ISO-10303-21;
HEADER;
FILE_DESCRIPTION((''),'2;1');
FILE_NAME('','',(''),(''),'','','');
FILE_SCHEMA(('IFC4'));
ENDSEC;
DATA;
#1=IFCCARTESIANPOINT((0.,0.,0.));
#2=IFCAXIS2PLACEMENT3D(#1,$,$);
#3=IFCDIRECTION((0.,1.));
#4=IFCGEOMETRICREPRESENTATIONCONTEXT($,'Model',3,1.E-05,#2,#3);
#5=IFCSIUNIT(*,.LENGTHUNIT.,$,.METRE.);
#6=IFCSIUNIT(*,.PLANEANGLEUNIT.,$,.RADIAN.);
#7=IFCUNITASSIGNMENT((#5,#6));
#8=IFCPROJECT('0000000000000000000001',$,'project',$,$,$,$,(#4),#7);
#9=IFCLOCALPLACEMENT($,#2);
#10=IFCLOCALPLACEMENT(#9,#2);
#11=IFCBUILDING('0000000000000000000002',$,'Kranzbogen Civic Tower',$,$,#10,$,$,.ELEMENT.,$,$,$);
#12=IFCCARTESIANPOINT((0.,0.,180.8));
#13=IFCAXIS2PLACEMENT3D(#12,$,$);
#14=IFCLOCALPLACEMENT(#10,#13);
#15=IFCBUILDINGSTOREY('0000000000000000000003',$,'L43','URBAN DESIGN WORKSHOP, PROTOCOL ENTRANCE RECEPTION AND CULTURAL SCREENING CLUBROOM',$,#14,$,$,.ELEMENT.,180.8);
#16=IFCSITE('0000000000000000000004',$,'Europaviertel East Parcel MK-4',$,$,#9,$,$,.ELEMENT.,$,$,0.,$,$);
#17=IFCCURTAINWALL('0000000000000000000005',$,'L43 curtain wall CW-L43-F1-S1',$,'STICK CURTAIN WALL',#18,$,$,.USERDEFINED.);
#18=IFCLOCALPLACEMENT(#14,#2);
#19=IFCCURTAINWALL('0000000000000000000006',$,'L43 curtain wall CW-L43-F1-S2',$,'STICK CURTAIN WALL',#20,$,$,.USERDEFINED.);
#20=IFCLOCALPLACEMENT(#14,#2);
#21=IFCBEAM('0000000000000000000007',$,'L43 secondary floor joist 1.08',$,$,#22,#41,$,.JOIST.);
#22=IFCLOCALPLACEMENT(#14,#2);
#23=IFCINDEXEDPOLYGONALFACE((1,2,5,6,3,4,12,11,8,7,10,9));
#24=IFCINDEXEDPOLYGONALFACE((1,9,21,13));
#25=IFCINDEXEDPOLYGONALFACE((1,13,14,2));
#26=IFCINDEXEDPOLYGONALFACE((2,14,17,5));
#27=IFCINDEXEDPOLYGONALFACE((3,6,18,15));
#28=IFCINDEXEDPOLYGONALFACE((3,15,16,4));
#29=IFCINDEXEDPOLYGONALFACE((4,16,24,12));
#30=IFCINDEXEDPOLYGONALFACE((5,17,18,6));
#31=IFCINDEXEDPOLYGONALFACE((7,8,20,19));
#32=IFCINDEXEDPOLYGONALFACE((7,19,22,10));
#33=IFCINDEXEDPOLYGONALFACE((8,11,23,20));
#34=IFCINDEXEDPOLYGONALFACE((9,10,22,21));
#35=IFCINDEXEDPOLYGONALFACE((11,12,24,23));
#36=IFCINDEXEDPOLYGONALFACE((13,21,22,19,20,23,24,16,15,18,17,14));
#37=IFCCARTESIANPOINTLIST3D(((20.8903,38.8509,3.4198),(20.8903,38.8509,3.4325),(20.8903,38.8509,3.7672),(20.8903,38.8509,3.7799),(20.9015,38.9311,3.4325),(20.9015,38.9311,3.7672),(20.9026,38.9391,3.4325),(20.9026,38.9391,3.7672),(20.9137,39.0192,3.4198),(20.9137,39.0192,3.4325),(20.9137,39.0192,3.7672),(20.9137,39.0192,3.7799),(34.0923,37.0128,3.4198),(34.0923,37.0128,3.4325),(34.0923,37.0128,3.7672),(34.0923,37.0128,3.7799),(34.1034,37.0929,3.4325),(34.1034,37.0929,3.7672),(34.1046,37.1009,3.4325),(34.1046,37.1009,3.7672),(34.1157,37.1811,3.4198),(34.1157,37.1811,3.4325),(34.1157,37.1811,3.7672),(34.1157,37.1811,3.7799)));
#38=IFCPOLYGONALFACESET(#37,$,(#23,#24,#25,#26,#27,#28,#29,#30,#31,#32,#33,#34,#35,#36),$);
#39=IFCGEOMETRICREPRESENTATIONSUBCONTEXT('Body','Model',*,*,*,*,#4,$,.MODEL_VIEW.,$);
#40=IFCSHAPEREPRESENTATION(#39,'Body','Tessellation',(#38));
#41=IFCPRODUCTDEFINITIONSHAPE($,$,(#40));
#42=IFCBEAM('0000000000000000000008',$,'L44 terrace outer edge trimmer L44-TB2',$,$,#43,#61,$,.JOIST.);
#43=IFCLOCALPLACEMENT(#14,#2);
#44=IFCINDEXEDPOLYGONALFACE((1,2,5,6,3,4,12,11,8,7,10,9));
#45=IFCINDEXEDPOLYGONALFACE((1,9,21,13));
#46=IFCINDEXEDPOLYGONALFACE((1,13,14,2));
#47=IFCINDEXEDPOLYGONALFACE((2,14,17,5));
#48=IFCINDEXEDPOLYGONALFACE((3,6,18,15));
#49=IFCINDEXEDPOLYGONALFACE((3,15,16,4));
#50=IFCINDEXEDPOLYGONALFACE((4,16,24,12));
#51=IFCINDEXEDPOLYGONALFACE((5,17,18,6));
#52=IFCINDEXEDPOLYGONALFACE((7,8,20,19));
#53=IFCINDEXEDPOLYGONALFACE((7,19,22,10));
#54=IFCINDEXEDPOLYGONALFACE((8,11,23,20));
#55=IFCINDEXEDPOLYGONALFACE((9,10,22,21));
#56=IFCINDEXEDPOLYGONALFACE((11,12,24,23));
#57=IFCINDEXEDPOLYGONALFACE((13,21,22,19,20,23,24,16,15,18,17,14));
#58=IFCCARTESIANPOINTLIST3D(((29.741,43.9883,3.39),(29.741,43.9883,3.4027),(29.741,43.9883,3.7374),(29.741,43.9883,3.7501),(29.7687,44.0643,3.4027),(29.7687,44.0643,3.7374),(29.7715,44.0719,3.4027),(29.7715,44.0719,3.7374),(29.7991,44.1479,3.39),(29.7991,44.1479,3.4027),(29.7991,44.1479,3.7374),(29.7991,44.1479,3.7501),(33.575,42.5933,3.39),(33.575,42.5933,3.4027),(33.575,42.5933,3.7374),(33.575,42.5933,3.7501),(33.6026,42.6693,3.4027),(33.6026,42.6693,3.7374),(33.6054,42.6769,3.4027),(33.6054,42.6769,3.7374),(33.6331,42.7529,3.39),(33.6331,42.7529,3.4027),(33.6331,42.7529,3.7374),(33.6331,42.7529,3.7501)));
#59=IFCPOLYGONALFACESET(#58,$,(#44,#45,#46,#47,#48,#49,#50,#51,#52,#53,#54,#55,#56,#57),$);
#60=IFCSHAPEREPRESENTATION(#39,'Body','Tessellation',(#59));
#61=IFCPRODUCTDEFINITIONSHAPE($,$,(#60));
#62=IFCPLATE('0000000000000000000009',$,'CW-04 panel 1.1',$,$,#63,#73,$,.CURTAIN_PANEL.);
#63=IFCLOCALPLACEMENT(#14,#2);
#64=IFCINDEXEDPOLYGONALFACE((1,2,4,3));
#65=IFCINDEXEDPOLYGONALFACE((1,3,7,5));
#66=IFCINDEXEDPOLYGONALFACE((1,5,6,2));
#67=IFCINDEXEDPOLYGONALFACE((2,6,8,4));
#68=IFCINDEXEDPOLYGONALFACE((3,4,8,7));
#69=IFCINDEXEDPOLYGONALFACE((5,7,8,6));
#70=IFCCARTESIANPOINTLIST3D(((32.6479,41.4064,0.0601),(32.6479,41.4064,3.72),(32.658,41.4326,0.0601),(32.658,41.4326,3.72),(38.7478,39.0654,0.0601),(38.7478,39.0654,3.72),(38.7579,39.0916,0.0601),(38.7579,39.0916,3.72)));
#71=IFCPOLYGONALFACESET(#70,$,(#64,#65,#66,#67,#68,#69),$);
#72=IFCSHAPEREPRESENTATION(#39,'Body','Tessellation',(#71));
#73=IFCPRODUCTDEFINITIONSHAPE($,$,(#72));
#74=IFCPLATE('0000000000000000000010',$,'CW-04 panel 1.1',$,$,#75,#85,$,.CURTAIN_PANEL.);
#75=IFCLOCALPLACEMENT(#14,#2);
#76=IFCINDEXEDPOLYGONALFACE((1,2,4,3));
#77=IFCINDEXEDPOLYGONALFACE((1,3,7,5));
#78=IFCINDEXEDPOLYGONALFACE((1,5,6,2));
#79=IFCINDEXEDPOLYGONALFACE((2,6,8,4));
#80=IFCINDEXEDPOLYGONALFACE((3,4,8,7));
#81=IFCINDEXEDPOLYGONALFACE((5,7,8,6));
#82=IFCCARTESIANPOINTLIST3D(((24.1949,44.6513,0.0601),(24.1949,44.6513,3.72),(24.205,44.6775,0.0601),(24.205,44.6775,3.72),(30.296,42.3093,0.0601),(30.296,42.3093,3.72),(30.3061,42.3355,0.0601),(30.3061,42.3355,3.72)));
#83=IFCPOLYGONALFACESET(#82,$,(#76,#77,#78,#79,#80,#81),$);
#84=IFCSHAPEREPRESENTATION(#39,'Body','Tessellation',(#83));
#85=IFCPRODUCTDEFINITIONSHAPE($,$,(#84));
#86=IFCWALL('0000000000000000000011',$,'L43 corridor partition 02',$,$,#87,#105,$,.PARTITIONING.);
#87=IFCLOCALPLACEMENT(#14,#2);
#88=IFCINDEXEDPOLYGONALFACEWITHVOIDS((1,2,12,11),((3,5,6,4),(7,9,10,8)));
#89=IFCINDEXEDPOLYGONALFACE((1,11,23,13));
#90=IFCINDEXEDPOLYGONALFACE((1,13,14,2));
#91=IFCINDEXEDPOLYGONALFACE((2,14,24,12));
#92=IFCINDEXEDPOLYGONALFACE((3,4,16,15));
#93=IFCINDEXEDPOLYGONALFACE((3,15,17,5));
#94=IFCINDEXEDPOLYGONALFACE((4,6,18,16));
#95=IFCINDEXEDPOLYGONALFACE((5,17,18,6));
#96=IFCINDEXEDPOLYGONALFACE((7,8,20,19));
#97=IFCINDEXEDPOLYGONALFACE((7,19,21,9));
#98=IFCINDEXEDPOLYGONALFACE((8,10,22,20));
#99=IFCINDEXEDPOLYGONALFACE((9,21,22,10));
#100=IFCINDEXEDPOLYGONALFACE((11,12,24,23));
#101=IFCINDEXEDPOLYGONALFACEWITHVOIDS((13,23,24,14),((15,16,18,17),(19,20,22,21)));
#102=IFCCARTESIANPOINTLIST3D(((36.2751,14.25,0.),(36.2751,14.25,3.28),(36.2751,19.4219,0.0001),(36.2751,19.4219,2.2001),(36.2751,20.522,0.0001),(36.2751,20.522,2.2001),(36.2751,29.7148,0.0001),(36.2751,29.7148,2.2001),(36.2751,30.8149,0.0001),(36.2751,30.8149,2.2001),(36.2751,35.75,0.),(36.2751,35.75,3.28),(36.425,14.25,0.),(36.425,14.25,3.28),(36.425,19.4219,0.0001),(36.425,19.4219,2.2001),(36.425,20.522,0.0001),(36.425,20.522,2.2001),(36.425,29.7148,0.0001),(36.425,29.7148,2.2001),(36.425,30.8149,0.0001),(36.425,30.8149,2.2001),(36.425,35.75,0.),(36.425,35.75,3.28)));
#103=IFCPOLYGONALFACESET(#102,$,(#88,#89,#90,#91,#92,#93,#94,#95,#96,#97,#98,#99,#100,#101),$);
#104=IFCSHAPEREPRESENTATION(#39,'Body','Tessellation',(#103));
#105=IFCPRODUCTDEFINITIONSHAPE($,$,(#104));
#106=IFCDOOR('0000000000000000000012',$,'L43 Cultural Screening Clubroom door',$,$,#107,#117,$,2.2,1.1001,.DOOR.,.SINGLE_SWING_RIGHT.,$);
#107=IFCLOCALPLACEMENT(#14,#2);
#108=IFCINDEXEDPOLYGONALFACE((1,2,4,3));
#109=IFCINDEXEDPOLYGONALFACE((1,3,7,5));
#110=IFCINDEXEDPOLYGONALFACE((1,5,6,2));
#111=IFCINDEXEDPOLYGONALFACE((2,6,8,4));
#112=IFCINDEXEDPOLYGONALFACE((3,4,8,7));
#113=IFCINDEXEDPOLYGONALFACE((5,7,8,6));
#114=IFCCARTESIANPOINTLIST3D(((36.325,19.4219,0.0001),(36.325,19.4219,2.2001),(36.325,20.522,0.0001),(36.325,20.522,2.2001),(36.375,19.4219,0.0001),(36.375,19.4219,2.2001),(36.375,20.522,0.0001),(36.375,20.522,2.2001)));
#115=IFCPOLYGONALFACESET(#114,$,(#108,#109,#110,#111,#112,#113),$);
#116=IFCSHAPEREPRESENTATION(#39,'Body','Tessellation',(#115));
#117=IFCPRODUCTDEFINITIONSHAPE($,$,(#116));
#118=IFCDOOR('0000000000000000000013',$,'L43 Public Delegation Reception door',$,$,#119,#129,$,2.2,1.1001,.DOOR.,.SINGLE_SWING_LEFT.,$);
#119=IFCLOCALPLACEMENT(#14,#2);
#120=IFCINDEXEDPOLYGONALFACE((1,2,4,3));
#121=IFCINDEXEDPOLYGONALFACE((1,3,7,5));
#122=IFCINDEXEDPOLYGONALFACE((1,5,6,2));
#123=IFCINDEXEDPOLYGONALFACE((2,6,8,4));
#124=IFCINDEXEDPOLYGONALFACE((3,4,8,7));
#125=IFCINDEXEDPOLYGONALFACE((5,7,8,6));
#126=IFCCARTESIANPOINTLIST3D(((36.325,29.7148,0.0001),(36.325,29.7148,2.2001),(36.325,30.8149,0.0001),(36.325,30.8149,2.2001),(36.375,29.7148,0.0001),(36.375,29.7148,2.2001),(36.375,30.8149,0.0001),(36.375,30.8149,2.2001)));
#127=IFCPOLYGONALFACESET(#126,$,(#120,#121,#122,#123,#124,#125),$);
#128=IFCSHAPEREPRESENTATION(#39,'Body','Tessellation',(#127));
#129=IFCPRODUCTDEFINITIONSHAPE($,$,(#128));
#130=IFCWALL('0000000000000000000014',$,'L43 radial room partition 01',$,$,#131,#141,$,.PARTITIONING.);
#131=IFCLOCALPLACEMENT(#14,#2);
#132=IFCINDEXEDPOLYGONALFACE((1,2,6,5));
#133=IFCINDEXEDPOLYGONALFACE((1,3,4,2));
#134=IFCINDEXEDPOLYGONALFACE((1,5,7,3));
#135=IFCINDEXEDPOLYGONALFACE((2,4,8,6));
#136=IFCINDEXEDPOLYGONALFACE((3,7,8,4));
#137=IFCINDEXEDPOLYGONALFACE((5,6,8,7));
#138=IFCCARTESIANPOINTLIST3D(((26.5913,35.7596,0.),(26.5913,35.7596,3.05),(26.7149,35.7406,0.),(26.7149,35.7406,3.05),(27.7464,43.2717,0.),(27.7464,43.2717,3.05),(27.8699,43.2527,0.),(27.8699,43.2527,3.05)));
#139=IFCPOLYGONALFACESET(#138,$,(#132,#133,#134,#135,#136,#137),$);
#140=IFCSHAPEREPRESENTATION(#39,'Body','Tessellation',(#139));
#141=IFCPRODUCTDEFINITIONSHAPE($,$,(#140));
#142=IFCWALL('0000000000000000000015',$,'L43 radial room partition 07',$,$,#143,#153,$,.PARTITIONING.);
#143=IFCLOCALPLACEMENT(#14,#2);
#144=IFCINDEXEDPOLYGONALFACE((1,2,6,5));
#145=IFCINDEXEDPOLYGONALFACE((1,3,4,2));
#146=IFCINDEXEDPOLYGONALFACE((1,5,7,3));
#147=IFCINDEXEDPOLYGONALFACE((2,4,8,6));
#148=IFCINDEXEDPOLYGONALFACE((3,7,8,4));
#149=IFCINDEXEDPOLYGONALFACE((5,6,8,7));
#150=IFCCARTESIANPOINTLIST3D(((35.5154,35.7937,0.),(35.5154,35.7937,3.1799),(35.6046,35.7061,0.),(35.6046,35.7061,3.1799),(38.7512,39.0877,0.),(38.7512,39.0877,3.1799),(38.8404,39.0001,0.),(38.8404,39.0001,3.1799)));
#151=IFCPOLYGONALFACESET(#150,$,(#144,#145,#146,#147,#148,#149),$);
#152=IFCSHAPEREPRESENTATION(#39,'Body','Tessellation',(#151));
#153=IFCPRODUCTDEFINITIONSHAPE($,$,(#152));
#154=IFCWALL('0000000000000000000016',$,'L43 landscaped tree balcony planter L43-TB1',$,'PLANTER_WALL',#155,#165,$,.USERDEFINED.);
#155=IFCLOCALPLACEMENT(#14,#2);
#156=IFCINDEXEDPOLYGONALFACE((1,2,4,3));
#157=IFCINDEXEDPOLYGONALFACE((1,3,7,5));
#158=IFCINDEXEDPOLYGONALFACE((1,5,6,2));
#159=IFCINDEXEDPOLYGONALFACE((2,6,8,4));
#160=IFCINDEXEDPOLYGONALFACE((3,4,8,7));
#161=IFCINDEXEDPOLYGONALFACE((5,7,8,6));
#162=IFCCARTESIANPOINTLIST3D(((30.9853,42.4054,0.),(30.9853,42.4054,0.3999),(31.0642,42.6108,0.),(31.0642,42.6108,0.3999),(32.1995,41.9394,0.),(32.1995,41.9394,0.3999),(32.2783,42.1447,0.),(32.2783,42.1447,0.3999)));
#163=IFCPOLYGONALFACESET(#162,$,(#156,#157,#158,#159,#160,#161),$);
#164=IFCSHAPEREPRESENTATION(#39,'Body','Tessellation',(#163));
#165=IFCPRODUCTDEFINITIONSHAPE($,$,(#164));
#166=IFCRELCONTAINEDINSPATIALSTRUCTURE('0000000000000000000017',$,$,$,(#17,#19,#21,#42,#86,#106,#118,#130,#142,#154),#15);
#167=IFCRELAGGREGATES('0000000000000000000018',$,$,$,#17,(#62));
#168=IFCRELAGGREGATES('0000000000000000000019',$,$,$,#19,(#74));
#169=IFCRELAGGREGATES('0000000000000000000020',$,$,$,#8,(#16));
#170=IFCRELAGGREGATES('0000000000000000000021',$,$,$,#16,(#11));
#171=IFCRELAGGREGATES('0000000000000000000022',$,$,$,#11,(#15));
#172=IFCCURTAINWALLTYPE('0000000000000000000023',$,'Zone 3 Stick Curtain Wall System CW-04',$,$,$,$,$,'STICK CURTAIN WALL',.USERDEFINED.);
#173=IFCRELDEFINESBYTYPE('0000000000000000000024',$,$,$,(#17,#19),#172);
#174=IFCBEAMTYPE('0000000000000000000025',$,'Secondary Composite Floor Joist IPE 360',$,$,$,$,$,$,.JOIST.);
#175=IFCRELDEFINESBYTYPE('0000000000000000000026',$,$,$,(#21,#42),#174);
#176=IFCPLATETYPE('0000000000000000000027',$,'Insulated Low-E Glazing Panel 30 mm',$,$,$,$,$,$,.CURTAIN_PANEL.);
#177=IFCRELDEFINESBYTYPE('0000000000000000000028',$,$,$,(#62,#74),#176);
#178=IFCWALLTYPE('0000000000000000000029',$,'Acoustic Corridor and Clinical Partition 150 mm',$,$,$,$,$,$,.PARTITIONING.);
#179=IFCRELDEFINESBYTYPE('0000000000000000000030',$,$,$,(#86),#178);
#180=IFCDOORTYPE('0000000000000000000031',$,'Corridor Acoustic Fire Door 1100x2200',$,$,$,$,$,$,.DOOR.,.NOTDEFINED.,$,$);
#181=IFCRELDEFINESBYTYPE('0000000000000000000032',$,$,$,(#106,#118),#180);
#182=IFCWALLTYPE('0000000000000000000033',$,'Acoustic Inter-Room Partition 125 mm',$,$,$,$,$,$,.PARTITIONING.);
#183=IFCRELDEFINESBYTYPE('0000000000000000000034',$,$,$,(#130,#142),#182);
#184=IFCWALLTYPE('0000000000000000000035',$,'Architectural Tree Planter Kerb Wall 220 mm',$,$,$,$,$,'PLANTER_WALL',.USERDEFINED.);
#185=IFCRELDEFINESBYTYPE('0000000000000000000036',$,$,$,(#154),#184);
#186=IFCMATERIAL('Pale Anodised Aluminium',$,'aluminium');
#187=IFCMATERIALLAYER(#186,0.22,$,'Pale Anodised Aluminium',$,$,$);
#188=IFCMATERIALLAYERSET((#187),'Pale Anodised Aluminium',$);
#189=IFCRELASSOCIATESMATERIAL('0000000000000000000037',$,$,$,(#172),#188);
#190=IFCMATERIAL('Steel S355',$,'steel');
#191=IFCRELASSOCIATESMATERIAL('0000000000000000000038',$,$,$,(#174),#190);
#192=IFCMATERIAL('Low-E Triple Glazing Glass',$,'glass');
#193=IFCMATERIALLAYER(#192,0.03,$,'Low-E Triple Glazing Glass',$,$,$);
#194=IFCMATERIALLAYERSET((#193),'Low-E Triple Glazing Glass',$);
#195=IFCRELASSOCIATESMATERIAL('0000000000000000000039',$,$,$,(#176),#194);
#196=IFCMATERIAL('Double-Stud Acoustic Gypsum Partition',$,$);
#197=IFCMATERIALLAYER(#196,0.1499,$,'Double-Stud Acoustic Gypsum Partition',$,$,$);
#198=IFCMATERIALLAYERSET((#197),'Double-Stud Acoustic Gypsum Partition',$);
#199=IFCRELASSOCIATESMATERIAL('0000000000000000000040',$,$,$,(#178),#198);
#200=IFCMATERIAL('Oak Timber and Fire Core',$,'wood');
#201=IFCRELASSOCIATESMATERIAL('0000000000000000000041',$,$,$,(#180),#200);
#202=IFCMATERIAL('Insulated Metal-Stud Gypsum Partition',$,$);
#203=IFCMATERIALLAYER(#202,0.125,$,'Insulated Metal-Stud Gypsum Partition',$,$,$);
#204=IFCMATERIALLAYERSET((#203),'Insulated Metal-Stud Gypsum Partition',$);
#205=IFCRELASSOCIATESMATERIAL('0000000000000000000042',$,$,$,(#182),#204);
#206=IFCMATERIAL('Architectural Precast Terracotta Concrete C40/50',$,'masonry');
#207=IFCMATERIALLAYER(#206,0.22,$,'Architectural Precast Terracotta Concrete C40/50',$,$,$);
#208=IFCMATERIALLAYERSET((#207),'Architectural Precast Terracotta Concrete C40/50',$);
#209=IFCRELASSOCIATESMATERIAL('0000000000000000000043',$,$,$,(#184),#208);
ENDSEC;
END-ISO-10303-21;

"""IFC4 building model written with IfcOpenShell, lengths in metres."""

from ifc_helpers import new_model, si_unit, direction, frame, frame_2d, origin, origin_2d, place, context, subcontext, project, spatial, rectangle, i_section, extrude, material, layer, layer_set, material_profile, profile_set, type_object, element, fill, aggregate, save


model = new_model("IFC4")

# Units and contexts
model_context = context("Model", 3, precision=1e-05, world=origin(), true_north=direction((0.0, 1.0)))
body_context = subcontext(model_context, "Body", "Model", "MODEL_VIEW")
ifc_project = project(units=[si_unit("LENGTHUNIT", "METRE"), si_unit("PLANEANGLEUNIT", "RADIAN")], contexts=[model_context])

# Site, building, storey
site_placement = place(None, origin())
site = spatial("IfcSite", under=ifc_project, at=site_placement, Name="Europaviertel East Parcel MK-4", CompositionType="ELEMENT", RefElevation=0.0)
building_placement = place(site_placement, origin())
building = spatial("IfcBuilding", under=site, at=building_placement, Name="Kranzbogen Civic Tower", CompositionType="ELEMENT")
storey_placement = place(building_placement, frame((0.0, 0.0, 180.8)))
storey = spatial("IfcBuildingStorey", under=building, at=storey_placement, Name="L43", Description="URBAN DESIGN WORKSHOP, PROTOCOL ENTRANCE RECEPTION AND CULTURAL SCREENING CLUBROOM", CompositionType="ELEMENT", Elevation=180.8)

# Shared definitions
ifc_material_1 = material(Name="Steel S355", Category="steel")

# Curtain wall
ifc_material_2 = material(Name="Pale Anodised Aluminium", Category="aluminium")
ifc_layer_1 = layer(ifc_material_2, 0.22, Name="Pale Anodised Aluminium")
ifc_layer_set_1 = layer_set([ifc_layer_1], Name="Pale Anodised Aluminium")
curtain_wall_type = type_object("IfcCurtainWallType", Name="Zone 3 Stick Curtain Wall System CW-04", ElementType="STICK CURTAIN WALL", PredefinedType="USERDEFINED", material=ifc_layer_set_1)
curtain_wall_1_placement = place(storey_placement, origin())
curtain_wall_1 = element("IfcCurtainWall", 1, at=curtain_wall_1_placement, inside=storey, type_object=curtain_wall_type, Name="L43 curtain wall CW-L43-F1-S1", ObjectType="STICK CURTAIN WALL", PredefinedType="USERDEFINED")

# Curtain wall
curtain_wall_2_placement = place(storey_placement, origin())
curtain_wall_2 = element("IfcCurtainWall", 2, at=curtain_wall_2_placement, inside=storey, type_object=curtain_wall_type, Name="L43 curtain wall CW-L43-F1-S2", ObjectType="STICK CURTAIN WALL", PredefinedType="USERDEFINED")

# Beams
ifc_material_profile_1 = material_profile(ifc_material_1, i_section(OverallWidth=0.1699, OverallDepth=0.3601, WebThickness=0.0081, FlangeThickness=0.0127, at=origin_2d()), Name="IPE 360")
ifc_profile_set_1 = profile_set([ifc_material_profile_1], Name="Steel S355")
beam_type_1 = type_object("IfcBeamType", Name="Secondary Composite Floor Joist IPE 360", PredefinedType="JOIST", material=ifc_profile_set_1)
beam_1_placement = place(storey_placement, frame((34.104, 37.0969, 3.5999), z_axis=(-0.990446, 0.137902, 0.0), x_axis=(-0.137902, -0.990446, 0.0)))
element("IfcBeam", 3, at=beam_1_placement, inside=storey, type_object=beam_type_1, Name="L43 secondary floor joist 1.08", PredefinedType="JOIST", context=body_context, shape_type="SweptSolid", body=[
    extrude(i_section(OverallWidth=0.1699, OverallDepth=0.3601, WebThickness=0.0081, FlangeThickness=0.0127, at=origin_2d()), origin(), (0.0, 0.0, 1.0), 13.3293),
])
beam_2_placement = place(storey_placement, frame((33.604, 42.6731, 3.5701), z_axis=(-0.939727, 0.341926, 0.0), x_axis=(-0.341926, -0.939727, 0.0)))
element("IfcBeam", 4, at=beam_2_placement, inside=storey, type_object=beam_type_1, Name="L44 terrace outer edge trimmer L44-TB2", PredefinedType="JOIST", context=body_context, shape_type="SweptSolid", body=[
    extrude(i_section(OverallWidth=0.1699, OverallDepth=0.3601, WebThickness=0.0081, FlangeThickness=0.0127, at=origin_2d()), origin(), (0.0, 0.0, 1.0), 4.0798),
])

# Plates
ifc_material_3 = material(Name="Low-E Triple Glazing Glass", Category="glass")
ifc_layer_2 = layer(ifc_material_3, 0.03, Name="Low-E Triple Glazing Glass")
ifc_layer_set_2 = layer_set([ifc_layer_2], Name="Low-E Triple Glazing Glass")
plate_type = type_object("IfcPlateType", Name="Insulated Low-E Glazing Panel 30 mm", PredefinedType="CURTAIN_PANEL", material=ifc_layer_set_2)
plate_1_placement = place(storey_placement, frame((35.7029, 40.249, 0.0601), z_axis=(0.0, 0.0, 1.0), x_axis=(-0.933609, 0.358294, 0.0)))
plate_1 = element("IfcPlate", 5, at=plate_1_placement, type_object=plate_type, Name="CW-04 panel 1.1", PredefinedType="CURTAIN_PANEL", context=body_context, shape_type="SweptSolid", body=[
    extrude(rectangle(XDim=6.5337, YDim=0.0281, at=origin_2d()), origin(), (0.0, 0.0, 1.0), 3.6599),
])
aggregate(curtain_wall_1, [plate_1])
plate_2_placement = place(storey_placement, frame((27.2505, 43.4934, 0.0601), z_axis=(0.0, 0.0, 1.0), x_axis=(-0.933578, 0.358375, 0.0)))
plate_2 = element("IfcPlate", 6, at=plate_2_placement, type_object=plate_type, Name="CW-04 panel 1.1", PredefinedType="CURTAIN_PANEL", context=body_context, shape_type="SweptSolid", body=[
    extrude(rectangle(XDim=6.5352, YDim=0.0281, at=origin_2d()), origin(), (0.0, 0.0, 1.0), 3.6599),
])
aggregate(curtain_wall_2, [plate_2])

# Wall, openings, doors
ifc_material_4 = material(Name="Double-Stud Acoustic Gypsum Partition")
ifc_layer_3 = layer(ifc_material_4, 0.1499, Name="Double-Stud Acoustic Gypsum Partition")
ifc_layer_set_3 = layer_set([ifc_layer_3], Name="Double-Stud Acoustic Gypsum Partition")
wall_type_1 = type_object("IfcWallType", Name="Acoustic Corridor and Clinical Partition 150 mm", PredefinedType="PARTITIONING", material=ifc_layer_set_3)
wall_1_placement = place(storey_placement, frame((36.3501, 35.75, 0.0), z_axis=(0.0, 0.0, 1.0), x_axis=(0.0, -1.0, 0.0)))
wall_1 = element("IfcWall", 7, at=wall_1_placement, inside=storey, type_object=wall_type_1, Name="L43 corridor partition 02", PredefinedType="PARTITIONING", context=body_context, shape_type="SweptSolid", body=[
    extrude(rectangle(XDim=21.5, YDim=0.1499, at=frame_2d((10.75, 0.0))), origin(), (0.0, 0.0, 1.0), 3.28),
])
opening_1_placement = place(wall_1_placement, frame((15.228, 0.0, 0.0)))
opening_1 = element("IfcOpeningElement", 8, at=opening_1_placement, cuts=wall_1, PredefinedType="OPENING", context=body_context, shape_type="SweptSolid", body=[
    extrude(rectangle(XDim=1.1001, YDim=2.2, at=frame_2d((0.55, 1.1001))), frame((0.0, 0.085, 0.0), z_axis=(0.0, -1.0, 0.0), x_axis=(1.0, 0.0, 0.0)), (0.0, 0.0, 1.0), 0.1699),
])
opening_2_placement = place(wall_1_placement, frame((4.9351, 0.0, 0.0)))
opening_2 = element("IfcOpeningElement", 9, at=opening_2_placement, cuts=wall_1, PredefinedType="OPENING", context=body_context, shape_type="SweptSolid", body=[
    extrude(rectangle(XDim=1.1001, YDim=2.2, at=frame_2d((0.55, 1.1001))), frame((0.0, 0.085, 0.0), z_axis=(0.0, -1.0, 0.0), x_axis=(1.0, 0.0, 0.0)), (0.0, 0.0, 1.0), 0.1699),
])
ifc_material_5 = material(Name="Oak Timber and Fire Core", Category="wood")
door_type_1 = type_object("IfcDoorType", Name="Corridor Acoustic Fire Door 1100x2200", OperationType="NOTDEFINED", PredefinedType="DOOR", material=ifc_material_5)
door_1_placement = place(opening_1_placement, origin())
door_1 = element("IfcDoor", 10, at=door_1_placement, inside=storey, type_object=door_type_1, Name="L43 Cultural Screening Clubroom door", OperationType="SINGLE_SWING_RIGHT", OverallHeight=2.2, OverallWidth=1.1001, PredefinedType="DOOR", context=body_context, shape_type="SweptSolid", body=[
    extrude(rectangle(XDim=1.1001, YDim=2.2, at=frame_2d((0.55, 1.1001))), frame((0.0, 0.0249, 0.0), z_axis=(0.0, -1.0, 0.0), x_axis=(1.0, 0.0, 0.0)), (0.0, 0.0, 1.0), 0.05),
])
fill(opening_1, door_1)
door_2_placement = place(opening_2_placement, origin())
door_2 = element("IfcDoor", 11, at=door_2_placement, inside=storey, type_object=door_type_1, Name="L43 Public Delegation Reception door", OperationType="SINGLE_SWING_LEFT", OverallHeight=2.2, OverallWidth=1.1001, PredefinedType="DOOR", context=body_context, shape_type="SweptSolid", body=[
    extrude(rectangle(XDim=1.1001, YDim=2.2, at=frame_2d((0.55, 1.1001))), frame((0.0, 0.0249, 0.0), z_axis=(0.0, -1.0, 0.0), x_axis=(1.0, 0.0, 0.0)), (0.0, 0.0, 1.0), 0.05),
])
fill(opening_2, door_2)

# Walls
ifc_material_6 = material(Name="Insulated Metal-Stud Gypsum Partition")
ifc_layer_4 = layer(ifc_material_6, 0.125, Name="Insulated Metal-Stud Gypsum Partition")
ifc_layer_set_4 = layer_set([ifc_layer_4], Name="Insulated Metal-Stud Gypsum Partition")
wall_type_2 = type_object("IfcWallType", Name="Acoustic Inter-Room Partition 125 mm", PredefinedType="PARTITIONING", material=ifc_layer_set_4)
wall_2_placement = place(storey_placement, frame((26.6531, 35.75, 0.0), z_axis=(0.0, 0.0, 1.0), x_axis=(0.151973, 0.988385, 0.0)))
element("IfcWall", 12, at=wall_2_placement, inside=storey, type_object=wall_type_2, Name="L43 radial room partition 01", PredefinedType="PARTITIONING", context=body_context, shape_type="SweptSolid", body=[
    extrude(rectangle(XDim=7.6003, YDim=0.125, at=frame_2d((3.8003, 0.0))), origin(), (0.0, 0.0, 1.0), 3.05),
])
wall_3_placement = place(storey_placement, frame((35.5601, 35.75, 0.0), z_axis=(0.0, 0.0, 1.0), x_axis=(0.700787, 0.713371, 0.0)))
element("IfcWall", 13, at=wall_3_placement, inside=storey, type_object=wall_type_2, Name="L43 radial room partition 07", PredefinedType="PARTITIONING", context=body_context, shape_type="SweptSolid", body=[
    extrude(rectangle(XDim=4.6174, YDim=0.125, at=frame_2d((2.3086, 0.0))), origin(), (0.0, 0.0, 1.0), 3.1799),
])
ifc_material_7 = material(Name="Architectural Precast Terracotta Concrete C40/50", Category="masonry")
ifc_layer_5 = layer(ifc_material_7, 0.22, Name="Architectural Precast Terracotta Concrete C40/50")
ifc_layer_set_5 = layer_set([ifc_layer_5], Name="Architectural Precast Terracotta Concrete C40/50")
wall_type_3 = type_object("IfcWallType", Name="Architectural Tree Planter Kerb Wall 220 mm", ElementType="PLANTER_WALL", PredefinedType="USERDEFINED", material=ifc_layer_set_5)
wall_4_placement = place(storey_placement, frame((32.239, 42.042, 0.0), z_axis=(0.0, 0.0, 1.0), x_axis=(-0.933578, 0.358375, 0.0)))
element("IfcWall", 14, at=wall_4_placement, inside=storey, type_object=wall_type_3, Name="L43 landscaped tree balcony planter L43-TB1", ObjectType="PLANTER_WALL", PredefinedType="USERDEFINED", context=body_context, shape_type="SweptSolid", body=[
    extrude(rectangle(XDim=1.3005, YDim=0.22, at=frame_2d((0.6504, 0.0))), origin(), (0.0, 0.0, 1.0), 0.3999),
])

save(model, "model.ifc")
